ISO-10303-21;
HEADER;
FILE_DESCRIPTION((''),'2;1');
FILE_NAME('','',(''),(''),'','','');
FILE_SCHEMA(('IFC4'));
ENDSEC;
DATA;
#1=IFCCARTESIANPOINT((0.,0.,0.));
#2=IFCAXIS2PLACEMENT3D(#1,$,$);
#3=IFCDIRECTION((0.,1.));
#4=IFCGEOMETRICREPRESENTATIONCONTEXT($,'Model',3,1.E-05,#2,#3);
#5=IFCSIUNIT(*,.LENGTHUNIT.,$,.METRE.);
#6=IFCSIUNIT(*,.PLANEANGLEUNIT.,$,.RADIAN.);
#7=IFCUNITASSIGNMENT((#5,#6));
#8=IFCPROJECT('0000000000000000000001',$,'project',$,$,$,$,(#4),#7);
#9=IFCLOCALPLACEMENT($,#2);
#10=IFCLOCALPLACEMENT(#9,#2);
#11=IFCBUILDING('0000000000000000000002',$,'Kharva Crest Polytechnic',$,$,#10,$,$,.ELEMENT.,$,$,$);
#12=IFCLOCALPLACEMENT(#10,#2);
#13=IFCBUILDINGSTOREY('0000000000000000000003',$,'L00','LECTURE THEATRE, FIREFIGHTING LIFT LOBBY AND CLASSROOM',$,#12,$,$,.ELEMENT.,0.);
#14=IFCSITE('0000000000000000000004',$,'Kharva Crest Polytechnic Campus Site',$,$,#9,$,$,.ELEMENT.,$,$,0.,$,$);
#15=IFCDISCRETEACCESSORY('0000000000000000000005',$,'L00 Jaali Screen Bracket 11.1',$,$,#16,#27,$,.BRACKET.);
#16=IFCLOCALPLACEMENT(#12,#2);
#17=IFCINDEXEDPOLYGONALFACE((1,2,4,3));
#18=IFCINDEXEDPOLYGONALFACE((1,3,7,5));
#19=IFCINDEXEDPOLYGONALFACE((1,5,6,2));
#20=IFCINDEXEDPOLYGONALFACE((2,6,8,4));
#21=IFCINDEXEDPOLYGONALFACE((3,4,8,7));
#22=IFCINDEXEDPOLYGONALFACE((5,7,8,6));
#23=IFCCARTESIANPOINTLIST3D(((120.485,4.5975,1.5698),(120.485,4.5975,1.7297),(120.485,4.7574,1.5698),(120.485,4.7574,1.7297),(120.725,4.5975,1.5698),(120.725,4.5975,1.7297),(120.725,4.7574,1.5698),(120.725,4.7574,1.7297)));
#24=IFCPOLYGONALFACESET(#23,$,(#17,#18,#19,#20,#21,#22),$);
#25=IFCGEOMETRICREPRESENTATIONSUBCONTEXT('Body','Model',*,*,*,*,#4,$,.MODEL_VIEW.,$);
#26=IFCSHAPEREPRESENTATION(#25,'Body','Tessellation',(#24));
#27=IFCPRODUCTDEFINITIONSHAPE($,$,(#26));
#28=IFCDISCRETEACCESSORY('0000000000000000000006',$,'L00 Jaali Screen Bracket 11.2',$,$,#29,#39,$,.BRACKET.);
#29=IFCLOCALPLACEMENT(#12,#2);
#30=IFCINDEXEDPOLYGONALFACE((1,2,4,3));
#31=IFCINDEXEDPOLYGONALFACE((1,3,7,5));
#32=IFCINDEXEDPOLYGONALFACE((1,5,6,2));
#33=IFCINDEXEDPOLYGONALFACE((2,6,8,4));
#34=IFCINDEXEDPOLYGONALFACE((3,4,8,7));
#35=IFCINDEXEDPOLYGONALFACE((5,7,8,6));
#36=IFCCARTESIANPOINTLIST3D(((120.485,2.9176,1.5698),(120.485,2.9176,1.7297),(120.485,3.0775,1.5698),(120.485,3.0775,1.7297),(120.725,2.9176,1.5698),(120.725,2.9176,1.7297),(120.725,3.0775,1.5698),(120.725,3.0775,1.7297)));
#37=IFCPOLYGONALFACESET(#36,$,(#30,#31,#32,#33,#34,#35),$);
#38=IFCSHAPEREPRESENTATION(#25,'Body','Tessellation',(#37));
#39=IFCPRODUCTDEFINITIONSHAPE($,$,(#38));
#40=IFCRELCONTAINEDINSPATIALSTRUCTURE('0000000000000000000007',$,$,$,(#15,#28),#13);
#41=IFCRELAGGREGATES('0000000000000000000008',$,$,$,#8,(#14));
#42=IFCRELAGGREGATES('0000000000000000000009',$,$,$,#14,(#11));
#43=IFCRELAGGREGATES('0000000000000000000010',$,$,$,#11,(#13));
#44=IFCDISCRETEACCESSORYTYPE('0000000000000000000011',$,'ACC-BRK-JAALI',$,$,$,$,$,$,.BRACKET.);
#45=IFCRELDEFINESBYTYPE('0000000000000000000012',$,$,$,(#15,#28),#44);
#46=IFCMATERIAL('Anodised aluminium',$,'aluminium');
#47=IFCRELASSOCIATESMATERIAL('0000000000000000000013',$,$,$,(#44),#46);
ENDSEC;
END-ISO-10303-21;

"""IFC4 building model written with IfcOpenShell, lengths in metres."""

from ifc_helpers import new_model, si_unit, direction, frame, origin, origin_2d, place, context, subcontext, project, spatial, rectangle, extrude, material, type_object, element, save


model = new_model("IFC4")

# Units and contexts
model_context = context("Model", 3, precision=1e-05, world=origin(), true_north=direction((0.0, 1.0)))
body_context = subcontext(model_context, "Body", "Model", "MODEL_VIEW")
ifc_project = project(units=[si_unit("LENGTHUNIT", "METRE"), si_unit("PLANEANGLEUNIT", "RADIAN")], contexts=[model_context])

# Site, building, storey
site_placement = place(None, origin())
site = spatial("IfcSite", under=ifc_project, at=site_placement, Name="Kharva Crest Polytechnic Campus Site", CompositionType="ELEMENT", RefElevation=0.0)
building_placement = place(site_placement, origin())
building = spatial("IfcBuilding", under=site, at=building_placement, Name="Kharva Crest Polytechnic", CompositionType="ELEMENT")
storey_placement = place(building_placement, origin())
storey = spatial("IfcBuildingStorey", under=building, at=storey_placement, Name="L00", Description="LECTURE THEATRE, FIREFIGHTING LIFT LOBBY AND CLASSROOM", CompositionType="ELEMENT", Elevation=0.0)

# Shared definitions
ifc_material_1 = material(Name="Anodised aluminium", Category="aluminium")

# Discrete accessories
discrete_accessory_type = type_object("IfcDiscreteAccessoryType", Name="ACC-BRK-JAALI", PredefinedType="BRACKET", material=ifc_material_1)
for number, where, z_axis, x_axis, name in (
    (1, (120.605, 4.6775, 1.5698), (0.0, 0.0, 1.0), (0.0, 1.0, 0.0), "L00 Jaali Screen Bracket 11.1"),
    (2, (120.605, 2.9976, 1.5698), (0.0, 0.0, 1.0), (0.0, 1.0, 0.0), "L00 Jaali Screen Bracket 11.2"),
):
    element("IfcDiscreteAccessory", number, at=place(storey_placement, frame(where, z_axis=z_axis, x_axis=x_axis)), inside=storey, type_object=discrete_accessory_type, Name=name, PredefinedType="BRACKET", context=body_context, shape_type="SweptSolid", body=[
        extrude(rectangle(XDim=0.1599, YDim=0.24, at=origin_2d()), origin(), (0.0, 0.0, 1.0), 0.1599),
    ])

save(model, "model.ifc")
